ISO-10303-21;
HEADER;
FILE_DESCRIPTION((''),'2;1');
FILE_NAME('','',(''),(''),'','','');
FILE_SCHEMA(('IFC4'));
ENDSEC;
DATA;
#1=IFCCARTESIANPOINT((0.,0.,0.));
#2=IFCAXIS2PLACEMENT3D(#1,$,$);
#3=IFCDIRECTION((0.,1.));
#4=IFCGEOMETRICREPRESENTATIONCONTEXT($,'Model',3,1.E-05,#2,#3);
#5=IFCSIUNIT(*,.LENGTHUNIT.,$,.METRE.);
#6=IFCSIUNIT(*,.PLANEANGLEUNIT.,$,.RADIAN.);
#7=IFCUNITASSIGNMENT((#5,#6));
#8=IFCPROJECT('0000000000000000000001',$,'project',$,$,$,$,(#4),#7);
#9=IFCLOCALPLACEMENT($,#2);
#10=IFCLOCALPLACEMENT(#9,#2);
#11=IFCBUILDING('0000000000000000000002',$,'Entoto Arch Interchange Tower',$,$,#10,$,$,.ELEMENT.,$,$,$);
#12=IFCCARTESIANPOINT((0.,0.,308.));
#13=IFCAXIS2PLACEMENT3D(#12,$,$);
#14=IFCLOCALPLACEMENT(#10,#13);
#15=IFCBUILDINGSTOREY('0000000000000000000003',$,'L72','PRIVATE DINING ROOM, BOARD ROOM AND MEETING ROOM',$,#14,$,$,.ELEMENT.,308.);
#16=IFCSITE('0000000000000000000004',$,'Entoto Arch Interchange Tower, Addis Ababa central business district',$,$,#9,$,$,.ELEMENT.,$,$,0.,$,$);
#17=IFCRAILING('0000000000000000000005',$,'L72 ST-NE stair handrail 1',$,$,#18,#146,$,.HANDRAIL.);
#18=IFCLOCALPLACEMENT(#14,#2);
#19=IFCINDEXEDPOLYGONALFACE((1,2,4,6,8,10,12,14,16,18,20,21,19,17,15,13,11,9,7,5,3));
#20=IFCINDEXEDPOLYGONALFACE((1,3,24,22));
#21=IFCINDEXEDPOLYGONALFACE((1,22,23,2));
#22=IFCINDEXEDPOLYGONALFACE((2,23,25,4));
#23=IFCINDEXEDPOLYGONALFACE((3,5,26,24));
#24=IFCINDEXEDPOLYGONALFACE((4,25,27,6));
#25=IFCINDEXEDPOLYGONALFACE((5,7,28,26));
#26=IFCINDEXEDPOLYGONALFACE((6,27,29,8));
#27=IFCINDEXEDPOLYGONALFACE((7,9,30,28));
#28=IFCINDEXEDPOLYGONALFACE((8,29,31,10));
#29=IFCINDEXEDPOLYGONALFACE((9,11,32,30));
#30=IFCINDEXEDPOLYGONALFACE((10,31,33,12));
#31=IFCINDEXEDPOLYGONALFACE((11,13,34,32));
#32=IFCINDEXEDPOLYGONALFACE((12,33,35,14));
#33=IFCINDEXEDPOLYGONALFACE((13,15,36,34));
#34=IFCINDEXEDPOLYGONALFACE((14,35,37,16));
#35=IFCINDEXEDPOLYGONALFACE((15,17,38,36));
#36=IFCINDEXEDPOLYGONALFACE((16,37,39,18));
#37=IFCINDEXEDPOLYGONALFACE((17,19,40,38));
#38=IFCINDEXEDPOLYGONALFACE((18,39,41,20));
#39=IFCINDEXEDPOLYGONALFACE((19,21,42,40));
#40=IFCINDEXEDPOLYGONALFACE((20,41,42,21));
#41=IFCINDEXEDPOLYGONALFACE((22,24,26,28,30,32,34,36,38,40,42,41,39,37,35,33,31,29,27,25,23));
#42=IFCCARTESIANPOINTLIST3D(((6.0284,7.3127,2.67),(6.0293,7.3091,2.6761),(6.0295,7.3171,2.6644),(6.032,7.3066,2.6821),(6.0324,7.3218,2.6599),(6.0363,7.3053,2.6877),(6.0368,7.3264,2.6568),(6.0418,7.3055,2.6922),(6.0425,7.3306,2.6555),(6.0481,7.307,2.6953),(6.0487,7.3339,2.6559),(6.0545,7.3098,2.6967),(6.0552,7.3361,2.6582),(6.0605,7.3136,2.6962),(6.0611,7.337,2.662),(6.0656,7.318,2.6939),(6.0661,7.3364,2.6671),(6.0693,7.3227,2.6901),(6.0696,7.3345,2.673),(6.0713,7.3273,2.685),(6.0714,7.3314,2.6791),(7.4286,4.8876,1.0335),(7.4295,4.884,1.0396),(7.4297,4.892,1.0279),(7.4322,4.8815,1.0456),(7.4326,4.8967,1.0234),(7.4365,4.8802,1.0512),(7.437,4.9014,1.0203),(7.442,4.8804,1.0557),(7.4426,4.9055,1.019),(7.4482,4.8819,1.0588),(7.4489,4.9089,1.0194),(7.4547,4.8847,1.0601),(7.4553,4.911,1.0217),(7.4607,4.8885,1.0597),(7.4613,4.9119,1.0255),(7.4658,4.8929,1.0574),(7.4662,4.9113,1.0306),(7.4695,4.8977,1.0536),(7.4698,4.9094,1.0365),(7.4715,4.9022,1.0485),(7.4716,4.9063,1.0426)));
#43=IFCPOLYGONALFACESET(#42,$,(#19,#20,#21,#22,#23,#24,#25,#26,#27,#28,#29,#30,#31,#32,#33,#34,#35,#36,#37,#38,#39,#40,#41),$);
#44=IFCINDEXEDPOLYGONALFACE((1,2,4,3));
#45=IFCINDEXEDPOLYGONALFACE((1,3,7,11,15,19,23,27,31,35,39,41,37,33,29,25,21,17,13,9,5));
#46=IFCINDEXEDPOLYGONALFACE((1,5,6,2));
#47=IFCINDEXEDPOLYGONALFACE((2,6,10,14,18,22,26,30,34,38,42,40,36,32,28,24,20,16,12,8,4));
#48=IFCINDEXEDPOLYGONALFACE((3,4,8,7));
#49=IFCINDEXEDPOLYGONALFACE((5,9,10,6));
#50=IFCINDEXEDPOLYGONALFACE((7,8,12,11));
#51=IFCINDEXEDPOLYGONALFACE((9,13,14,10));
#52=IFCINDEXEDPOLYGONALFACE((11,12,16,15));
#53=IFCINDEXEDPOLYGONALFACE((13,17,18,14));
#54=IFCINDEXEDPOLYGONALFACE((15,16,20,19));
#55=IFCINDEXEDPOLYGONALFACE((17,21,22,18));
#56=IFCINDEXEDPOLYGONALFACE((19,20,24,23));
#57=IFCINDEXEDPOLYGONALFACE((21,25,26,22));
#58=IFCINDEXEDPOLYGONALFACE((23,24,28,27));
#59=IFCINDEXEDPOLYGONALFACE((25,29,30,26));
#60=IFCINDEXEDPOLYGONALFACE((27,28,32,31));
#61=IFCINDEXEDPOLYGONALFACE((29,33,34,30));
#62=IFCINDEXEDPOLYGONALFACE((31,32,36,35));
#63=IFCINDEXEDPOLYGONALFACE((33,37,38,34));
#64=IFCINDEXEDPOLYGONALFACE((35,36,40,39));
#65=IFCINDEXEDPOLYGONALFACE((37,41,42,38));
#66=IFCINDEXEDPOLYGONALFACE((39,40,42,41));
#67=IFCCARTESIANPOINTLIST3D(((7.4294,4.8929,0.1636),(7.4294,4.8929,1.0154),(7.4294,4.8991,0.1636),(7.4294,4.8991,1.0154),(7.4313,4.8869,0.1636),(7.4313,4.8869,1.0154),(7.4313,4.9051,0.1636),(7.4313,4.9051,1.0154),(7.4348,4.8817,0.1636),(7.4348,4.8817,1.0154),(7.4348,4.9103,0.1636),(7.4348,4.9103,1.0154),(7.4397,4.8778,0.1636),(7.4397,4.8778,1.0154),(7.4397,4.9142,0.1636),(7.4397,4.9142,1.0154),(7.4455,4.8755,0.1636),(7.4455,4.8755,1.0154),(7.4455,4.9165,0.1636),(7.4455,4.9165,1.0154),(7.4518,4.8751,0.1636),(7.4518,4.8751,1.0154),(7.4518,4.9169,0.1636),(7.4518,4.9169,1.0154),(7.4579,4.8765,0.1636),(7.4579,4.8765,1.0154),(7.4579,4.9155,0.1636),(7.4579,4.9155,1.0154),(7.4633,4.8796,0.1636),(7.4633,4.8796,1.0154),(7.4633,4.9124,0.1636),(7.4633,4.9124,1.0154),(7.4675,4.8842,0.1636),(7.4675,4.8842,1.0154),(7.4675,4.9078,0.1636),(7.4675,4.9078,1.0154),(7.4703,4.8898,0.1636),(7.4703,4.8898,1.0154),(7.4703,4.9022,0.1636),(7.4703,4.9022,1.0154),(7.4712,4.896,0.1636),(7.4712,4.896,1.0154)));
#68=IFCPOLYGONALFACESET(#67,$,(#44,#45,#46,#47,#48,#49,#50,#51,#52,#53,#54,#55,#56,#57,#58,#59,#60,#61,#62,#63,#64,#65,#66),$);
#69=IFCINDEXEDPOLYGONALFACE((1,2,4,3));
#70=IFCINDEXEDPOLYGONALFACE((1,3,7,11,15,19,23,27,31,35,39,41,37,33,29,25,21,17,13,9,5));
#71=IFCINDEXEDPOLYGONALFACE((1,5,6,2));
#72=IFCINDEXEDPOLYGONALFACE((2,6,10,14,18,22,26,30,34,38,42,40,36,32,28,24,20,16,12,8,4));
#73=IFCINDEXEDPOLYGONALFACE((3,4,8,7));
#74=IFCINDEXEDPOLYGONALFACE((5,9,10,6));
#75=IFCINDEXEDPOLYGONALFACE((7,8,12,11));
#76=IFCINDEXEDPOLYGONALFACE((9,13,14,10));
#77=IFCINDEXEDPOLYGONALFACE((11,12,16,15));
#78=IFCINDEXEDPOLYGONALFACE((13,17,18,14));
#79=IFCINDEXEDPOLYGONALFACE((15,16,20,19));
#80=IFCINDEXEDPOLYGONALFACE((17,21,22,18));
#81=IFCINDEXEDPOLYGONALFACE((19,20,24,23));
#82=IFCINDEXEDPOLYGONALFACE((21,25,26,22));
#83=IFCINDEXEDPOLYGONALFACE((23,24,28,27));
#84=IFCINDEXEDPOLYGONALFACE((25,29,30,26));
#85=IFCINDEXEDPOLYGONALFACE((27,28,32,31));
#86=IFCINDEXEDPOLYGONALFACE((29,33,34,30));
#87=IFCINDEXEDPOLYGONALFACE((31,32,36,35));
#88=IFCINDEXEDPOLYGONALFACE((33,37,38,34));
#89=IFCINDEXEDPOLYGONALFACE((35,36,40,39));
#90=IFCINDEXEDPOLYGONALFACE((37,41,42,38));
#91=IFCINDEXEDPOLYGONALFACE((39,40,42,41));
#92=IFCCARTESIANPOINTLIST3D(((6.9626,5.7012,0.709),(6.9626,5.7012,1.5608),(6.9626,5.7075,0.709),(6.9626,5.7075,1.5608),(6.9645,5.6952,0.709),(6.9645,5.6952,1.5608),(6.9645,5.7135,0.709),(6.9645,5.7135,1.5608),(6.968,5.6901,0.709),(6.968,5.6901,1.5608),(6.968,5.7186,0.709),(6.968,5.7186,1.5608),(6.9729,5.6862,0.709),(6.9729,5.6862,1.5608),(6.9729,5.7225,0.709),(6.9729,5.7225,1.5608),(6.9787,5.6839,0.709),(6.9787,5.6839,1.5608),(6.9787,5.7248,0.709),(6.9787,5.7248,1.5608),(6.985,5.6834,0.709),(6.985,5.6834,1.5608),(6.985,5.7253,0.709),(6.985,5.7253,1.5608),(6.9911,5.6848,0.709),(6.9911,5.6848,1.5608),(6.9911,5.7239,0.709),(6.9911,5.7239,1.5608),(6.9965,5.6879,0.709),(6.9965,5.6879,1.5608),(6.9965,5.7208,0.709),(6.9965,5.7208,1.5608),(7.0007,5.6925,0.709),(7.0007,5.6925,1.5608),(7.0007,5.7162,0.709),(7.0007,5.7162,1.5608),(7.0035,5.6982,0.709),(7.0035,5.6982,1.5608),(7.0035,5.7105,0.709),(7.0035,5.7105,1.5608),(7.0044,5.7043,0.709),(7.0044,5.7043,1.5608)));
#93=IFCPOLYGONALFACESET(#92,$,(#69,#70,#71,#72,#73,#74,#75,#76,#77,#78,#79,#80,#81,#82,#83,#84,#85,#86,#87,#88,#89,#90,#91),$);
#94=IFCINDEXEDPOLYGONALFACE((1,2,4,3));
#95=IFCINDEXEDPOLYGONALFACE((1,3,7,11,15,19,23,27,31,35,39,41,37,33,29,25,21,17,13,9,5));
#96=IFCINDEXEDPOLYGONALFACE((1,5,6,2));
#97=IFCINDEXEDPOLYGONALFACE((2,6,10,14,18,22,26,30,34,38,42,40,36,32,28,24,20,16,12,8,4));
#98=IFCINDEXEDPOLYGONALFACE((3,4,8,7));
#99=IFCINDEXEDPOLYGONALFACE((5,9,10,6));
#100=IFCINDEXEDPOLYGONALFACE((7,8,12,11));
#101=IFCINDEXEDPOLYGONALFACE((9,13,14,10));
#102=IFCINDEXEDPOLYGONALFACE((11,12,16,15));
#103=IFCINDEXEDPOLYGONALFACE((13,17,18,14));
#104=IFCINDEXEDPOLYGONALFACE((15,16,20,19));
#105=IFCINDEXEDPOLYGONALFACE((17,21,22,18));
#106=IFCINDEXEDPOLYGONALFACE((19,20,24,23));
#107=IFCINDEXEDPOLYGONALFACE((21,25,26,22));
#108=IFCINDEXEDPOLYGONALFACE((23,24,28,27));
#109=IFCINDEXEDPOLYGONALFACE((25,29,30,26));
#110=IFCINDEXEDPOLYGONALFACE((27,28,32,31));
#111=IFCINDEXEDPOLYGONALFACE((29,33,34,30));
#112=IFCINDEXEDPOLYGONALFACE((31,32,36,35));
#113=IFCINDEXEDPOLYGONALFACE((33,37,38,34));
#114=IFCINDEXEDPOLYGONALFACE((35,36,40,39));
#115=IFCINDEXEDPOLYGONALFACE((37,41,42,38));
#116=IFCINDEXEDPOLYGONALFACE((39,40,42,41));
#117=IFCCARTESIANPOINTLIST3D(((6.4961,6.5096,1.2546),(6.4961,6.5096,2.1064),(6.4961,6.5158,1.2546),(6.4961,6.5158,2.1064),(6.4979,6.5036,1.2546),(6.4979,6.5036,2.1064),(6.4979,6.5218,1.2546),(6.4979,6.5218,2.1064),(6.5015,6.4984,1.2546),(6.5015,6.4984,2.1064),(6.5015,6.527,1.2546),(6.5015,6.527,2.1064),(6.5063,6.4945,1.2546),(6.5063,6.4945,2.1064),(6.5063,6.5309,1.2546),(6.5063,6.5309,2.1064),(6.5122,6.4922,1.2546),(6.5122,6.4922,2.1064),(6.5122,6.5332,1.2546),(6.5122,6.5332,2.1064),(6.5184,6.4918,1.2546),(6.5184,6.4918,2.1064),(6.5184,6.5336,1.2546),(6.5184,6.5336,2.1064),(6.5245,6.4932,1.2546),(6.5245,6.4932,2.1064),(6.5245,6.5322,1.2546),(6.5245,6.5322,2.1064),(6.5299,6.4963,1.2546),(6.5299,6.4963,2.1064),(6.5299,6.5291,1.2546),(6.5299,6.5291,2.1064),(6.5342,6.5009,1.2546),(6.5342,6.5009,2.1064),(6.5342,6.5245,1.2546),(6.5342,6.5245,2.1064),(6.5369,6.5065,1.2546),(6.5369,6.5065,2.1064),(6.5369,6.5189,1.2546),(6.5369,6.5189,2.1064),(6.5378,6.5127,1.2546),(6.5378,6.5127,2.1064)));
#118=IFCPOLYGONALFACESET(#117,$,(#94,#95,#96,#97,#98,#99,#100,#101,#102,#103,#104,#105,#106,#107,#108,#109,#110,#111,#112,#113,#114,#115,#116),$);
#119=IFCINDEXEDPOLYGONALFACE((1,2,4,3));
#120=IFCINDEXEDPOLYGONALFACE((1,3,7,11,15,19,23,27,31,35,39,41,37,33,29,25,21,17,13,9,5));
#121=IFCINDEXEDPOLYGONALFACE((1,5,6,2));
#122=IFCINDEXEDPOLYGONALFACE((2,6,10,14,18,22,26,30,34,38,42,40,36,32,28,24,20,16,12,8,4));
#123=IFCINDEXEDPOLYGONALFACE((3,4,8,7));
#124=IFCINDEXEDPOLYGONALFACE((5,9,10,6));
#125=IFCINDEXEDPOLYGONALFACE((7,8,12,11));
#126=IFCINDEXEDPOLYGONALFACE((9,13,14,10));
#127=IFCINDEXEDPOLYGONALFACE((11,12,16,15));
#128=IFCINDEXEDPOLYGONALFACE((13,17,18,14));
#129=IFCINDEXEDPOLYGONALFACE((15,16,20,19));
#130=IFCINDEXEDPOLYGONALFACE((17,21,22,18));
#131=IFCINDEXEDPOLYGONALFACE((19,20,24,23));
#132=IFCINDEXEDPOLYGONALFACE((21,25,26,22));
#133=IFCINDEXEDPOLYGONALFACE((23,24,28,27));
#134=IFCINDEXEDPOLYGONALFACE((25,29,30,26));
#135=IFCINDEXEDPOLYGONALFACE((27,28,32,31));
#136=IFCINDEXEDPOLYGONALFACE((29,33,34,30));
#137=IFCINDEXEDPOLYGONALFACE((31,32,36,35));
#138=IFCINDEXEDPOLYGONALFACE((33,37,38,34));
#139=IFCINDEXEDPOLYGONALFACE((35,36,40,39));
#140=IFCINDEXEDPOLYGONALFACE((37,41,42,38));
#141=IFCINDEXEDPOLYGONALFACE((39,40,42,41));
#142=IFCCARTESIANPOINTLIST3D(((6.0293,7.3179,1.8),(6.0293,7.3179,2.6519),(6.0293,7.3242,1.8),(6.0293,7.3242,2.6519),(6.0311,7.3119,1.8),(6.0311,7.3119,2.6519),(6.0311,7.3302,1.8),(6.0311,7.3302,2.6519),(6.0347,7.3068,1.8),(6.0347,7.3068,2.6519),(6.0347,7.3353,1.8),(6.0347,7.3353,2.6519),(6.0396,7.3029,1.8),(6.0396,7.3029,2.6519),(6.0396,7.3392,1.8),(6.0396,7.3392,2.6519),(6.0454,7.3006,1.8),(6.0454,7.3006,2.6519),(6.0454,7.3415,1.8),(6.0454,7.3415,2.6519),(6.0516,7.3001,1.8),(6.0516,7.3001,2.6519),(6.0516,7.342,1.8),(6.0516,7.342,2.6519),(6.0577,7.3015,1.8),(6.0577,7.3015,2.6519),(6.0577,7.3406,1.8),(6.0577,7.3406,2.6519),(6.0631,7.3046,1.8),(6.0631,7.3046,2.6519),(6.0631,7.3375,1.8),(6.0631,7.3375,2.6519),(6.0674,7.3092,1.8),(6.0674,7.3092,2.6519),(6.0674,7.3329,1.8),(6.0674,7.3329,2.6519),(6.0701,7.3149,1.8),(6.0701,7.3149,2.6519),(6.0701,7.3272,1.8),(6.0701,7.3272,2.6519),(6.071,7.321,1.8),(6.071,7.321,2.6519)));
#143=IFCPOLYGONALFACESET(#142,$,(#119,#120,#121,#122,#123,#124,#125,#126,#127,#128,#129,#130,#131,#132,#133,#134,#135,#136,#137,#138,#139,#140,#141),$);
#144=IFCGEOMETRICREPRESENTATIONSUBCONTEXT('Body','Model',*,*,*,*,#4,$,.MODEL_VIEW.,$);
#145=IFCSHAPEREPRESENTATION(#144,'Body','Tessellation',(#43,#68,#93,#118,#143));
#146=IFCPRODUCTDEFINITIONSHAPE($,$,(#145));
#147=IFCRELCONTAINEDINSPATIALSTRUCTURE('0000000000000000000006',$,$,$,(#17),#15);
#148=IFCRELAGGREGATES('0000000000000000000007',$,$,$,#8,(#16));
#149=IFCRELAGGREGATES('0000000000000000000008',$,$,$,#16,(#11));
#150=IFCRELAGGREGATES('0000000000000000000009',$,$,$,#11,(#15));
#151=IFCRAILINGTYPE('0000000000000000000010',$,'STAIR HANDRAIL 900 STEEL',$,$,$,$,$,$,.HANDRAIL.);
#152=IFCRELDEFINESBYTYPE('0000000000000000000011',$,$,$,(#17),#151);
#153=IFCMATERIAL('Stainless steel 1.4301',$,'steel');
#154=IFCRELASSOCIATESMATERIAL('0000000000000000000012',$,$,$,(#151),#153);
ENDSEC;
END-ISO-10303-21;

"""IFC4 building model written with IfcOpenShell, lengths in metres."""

from ifc_helpers import new_model, si_unit, direction, frame, origin, origin_2d, place, context, subcontext, project, spatial, circle, extrude, material, type_object, element, save


model = new_model("IFC4")

# Units and contexts
model_context = context("Model", 3, precision=1e-05, world=origin(), true_north=direction((0.0, 1.0)))
body_context = subcontext(model_context, "Body", "Model", "MODEL_VIEW")
ifc_project = project(units=[si_unit("LENGTHUNIT", "METRE"), si_unit("PLANEANGLEUNIT", "RADIAN")], contexts=[model_context])

# Site, building, storey
site_placement = place(None, origin())
site = spatial("IfcSite", under=ifc_project, at=site_placement, Name="Entoto Arch Interchange Tower, Addis Ababa central business district", CompositionType="ELEMENT", RefElevation=0.0)
building_placement = place(site_placement, origin())
building = spatial("IfcBuilding", under=site, at=building_placement, Name="Entoto Arch Interchange Tower", CompositionType="ELEMENT")
storey_placement = place(building_placement, frame((0.0, 0.0, 308.0)))
storey = spatial("IfcBuildingStorey", under=building, at=storey_placement, Name="L72", Description="PRIVATE DINING ROOM, BOARD ROOM AND MEETING ROOM", CompositionType="ELEMENT", Elevation=308.0)

# Railing
ifc_material_1 = material(Name="Stainless steel 1.4301", Category="steel")
railing_type_1 = type_object("IfcRailingType", Name="STAIR HANDRAIL 900 STEEL", PredefinedType="HANDRAIL", material=ifc_material_1)
railing_1_placement = place(storey_placement, frame((7.4502, 4.896, 0.1636)))
element("IfcRailing", 1, at=railing_1_placement, inside=storey, type_object=railing_type_1, Name="L72 ST-NE stair handrail 1", PredefinedType="HANDRAIL", context=body_context, shape_type="SweptSolid", body=[
    extrude(circle(Radius=0.0239, at=origin_2d()), frame((0.0, 0.0, 0.876), z_axis=(-0.431698, 0.747699, 0.504563), x_axis=(-0.866019, -0.500012, 0.0)), (0.0, 0.0, 1.0), 3.2434),
    extrude(circle(Radius=0.021, at=origin_2d()), origin(), (0.0, 0.0, 1.0), 0.8518),
    extrude(circle(Radius=0.021, at=origin_2d()), frame((-0.4668, 0.8083, 0.5454)), (0.0, 0.0, 1.0), 0.8518),
    extrude(circle(Radius=0.021, at=origin_2d()), frame((-0.9333, 1.6167, 1.0911)), (0.0, 0.0, 1.0), 0.8518),
    extrude(circle(Radius=0.021, at=origin_2d()), frame((-1.4001, 2.425, 1.6365)), (0.0, 0.0, 1.0), 0.8518),
])

save(model, "model.ifc")
